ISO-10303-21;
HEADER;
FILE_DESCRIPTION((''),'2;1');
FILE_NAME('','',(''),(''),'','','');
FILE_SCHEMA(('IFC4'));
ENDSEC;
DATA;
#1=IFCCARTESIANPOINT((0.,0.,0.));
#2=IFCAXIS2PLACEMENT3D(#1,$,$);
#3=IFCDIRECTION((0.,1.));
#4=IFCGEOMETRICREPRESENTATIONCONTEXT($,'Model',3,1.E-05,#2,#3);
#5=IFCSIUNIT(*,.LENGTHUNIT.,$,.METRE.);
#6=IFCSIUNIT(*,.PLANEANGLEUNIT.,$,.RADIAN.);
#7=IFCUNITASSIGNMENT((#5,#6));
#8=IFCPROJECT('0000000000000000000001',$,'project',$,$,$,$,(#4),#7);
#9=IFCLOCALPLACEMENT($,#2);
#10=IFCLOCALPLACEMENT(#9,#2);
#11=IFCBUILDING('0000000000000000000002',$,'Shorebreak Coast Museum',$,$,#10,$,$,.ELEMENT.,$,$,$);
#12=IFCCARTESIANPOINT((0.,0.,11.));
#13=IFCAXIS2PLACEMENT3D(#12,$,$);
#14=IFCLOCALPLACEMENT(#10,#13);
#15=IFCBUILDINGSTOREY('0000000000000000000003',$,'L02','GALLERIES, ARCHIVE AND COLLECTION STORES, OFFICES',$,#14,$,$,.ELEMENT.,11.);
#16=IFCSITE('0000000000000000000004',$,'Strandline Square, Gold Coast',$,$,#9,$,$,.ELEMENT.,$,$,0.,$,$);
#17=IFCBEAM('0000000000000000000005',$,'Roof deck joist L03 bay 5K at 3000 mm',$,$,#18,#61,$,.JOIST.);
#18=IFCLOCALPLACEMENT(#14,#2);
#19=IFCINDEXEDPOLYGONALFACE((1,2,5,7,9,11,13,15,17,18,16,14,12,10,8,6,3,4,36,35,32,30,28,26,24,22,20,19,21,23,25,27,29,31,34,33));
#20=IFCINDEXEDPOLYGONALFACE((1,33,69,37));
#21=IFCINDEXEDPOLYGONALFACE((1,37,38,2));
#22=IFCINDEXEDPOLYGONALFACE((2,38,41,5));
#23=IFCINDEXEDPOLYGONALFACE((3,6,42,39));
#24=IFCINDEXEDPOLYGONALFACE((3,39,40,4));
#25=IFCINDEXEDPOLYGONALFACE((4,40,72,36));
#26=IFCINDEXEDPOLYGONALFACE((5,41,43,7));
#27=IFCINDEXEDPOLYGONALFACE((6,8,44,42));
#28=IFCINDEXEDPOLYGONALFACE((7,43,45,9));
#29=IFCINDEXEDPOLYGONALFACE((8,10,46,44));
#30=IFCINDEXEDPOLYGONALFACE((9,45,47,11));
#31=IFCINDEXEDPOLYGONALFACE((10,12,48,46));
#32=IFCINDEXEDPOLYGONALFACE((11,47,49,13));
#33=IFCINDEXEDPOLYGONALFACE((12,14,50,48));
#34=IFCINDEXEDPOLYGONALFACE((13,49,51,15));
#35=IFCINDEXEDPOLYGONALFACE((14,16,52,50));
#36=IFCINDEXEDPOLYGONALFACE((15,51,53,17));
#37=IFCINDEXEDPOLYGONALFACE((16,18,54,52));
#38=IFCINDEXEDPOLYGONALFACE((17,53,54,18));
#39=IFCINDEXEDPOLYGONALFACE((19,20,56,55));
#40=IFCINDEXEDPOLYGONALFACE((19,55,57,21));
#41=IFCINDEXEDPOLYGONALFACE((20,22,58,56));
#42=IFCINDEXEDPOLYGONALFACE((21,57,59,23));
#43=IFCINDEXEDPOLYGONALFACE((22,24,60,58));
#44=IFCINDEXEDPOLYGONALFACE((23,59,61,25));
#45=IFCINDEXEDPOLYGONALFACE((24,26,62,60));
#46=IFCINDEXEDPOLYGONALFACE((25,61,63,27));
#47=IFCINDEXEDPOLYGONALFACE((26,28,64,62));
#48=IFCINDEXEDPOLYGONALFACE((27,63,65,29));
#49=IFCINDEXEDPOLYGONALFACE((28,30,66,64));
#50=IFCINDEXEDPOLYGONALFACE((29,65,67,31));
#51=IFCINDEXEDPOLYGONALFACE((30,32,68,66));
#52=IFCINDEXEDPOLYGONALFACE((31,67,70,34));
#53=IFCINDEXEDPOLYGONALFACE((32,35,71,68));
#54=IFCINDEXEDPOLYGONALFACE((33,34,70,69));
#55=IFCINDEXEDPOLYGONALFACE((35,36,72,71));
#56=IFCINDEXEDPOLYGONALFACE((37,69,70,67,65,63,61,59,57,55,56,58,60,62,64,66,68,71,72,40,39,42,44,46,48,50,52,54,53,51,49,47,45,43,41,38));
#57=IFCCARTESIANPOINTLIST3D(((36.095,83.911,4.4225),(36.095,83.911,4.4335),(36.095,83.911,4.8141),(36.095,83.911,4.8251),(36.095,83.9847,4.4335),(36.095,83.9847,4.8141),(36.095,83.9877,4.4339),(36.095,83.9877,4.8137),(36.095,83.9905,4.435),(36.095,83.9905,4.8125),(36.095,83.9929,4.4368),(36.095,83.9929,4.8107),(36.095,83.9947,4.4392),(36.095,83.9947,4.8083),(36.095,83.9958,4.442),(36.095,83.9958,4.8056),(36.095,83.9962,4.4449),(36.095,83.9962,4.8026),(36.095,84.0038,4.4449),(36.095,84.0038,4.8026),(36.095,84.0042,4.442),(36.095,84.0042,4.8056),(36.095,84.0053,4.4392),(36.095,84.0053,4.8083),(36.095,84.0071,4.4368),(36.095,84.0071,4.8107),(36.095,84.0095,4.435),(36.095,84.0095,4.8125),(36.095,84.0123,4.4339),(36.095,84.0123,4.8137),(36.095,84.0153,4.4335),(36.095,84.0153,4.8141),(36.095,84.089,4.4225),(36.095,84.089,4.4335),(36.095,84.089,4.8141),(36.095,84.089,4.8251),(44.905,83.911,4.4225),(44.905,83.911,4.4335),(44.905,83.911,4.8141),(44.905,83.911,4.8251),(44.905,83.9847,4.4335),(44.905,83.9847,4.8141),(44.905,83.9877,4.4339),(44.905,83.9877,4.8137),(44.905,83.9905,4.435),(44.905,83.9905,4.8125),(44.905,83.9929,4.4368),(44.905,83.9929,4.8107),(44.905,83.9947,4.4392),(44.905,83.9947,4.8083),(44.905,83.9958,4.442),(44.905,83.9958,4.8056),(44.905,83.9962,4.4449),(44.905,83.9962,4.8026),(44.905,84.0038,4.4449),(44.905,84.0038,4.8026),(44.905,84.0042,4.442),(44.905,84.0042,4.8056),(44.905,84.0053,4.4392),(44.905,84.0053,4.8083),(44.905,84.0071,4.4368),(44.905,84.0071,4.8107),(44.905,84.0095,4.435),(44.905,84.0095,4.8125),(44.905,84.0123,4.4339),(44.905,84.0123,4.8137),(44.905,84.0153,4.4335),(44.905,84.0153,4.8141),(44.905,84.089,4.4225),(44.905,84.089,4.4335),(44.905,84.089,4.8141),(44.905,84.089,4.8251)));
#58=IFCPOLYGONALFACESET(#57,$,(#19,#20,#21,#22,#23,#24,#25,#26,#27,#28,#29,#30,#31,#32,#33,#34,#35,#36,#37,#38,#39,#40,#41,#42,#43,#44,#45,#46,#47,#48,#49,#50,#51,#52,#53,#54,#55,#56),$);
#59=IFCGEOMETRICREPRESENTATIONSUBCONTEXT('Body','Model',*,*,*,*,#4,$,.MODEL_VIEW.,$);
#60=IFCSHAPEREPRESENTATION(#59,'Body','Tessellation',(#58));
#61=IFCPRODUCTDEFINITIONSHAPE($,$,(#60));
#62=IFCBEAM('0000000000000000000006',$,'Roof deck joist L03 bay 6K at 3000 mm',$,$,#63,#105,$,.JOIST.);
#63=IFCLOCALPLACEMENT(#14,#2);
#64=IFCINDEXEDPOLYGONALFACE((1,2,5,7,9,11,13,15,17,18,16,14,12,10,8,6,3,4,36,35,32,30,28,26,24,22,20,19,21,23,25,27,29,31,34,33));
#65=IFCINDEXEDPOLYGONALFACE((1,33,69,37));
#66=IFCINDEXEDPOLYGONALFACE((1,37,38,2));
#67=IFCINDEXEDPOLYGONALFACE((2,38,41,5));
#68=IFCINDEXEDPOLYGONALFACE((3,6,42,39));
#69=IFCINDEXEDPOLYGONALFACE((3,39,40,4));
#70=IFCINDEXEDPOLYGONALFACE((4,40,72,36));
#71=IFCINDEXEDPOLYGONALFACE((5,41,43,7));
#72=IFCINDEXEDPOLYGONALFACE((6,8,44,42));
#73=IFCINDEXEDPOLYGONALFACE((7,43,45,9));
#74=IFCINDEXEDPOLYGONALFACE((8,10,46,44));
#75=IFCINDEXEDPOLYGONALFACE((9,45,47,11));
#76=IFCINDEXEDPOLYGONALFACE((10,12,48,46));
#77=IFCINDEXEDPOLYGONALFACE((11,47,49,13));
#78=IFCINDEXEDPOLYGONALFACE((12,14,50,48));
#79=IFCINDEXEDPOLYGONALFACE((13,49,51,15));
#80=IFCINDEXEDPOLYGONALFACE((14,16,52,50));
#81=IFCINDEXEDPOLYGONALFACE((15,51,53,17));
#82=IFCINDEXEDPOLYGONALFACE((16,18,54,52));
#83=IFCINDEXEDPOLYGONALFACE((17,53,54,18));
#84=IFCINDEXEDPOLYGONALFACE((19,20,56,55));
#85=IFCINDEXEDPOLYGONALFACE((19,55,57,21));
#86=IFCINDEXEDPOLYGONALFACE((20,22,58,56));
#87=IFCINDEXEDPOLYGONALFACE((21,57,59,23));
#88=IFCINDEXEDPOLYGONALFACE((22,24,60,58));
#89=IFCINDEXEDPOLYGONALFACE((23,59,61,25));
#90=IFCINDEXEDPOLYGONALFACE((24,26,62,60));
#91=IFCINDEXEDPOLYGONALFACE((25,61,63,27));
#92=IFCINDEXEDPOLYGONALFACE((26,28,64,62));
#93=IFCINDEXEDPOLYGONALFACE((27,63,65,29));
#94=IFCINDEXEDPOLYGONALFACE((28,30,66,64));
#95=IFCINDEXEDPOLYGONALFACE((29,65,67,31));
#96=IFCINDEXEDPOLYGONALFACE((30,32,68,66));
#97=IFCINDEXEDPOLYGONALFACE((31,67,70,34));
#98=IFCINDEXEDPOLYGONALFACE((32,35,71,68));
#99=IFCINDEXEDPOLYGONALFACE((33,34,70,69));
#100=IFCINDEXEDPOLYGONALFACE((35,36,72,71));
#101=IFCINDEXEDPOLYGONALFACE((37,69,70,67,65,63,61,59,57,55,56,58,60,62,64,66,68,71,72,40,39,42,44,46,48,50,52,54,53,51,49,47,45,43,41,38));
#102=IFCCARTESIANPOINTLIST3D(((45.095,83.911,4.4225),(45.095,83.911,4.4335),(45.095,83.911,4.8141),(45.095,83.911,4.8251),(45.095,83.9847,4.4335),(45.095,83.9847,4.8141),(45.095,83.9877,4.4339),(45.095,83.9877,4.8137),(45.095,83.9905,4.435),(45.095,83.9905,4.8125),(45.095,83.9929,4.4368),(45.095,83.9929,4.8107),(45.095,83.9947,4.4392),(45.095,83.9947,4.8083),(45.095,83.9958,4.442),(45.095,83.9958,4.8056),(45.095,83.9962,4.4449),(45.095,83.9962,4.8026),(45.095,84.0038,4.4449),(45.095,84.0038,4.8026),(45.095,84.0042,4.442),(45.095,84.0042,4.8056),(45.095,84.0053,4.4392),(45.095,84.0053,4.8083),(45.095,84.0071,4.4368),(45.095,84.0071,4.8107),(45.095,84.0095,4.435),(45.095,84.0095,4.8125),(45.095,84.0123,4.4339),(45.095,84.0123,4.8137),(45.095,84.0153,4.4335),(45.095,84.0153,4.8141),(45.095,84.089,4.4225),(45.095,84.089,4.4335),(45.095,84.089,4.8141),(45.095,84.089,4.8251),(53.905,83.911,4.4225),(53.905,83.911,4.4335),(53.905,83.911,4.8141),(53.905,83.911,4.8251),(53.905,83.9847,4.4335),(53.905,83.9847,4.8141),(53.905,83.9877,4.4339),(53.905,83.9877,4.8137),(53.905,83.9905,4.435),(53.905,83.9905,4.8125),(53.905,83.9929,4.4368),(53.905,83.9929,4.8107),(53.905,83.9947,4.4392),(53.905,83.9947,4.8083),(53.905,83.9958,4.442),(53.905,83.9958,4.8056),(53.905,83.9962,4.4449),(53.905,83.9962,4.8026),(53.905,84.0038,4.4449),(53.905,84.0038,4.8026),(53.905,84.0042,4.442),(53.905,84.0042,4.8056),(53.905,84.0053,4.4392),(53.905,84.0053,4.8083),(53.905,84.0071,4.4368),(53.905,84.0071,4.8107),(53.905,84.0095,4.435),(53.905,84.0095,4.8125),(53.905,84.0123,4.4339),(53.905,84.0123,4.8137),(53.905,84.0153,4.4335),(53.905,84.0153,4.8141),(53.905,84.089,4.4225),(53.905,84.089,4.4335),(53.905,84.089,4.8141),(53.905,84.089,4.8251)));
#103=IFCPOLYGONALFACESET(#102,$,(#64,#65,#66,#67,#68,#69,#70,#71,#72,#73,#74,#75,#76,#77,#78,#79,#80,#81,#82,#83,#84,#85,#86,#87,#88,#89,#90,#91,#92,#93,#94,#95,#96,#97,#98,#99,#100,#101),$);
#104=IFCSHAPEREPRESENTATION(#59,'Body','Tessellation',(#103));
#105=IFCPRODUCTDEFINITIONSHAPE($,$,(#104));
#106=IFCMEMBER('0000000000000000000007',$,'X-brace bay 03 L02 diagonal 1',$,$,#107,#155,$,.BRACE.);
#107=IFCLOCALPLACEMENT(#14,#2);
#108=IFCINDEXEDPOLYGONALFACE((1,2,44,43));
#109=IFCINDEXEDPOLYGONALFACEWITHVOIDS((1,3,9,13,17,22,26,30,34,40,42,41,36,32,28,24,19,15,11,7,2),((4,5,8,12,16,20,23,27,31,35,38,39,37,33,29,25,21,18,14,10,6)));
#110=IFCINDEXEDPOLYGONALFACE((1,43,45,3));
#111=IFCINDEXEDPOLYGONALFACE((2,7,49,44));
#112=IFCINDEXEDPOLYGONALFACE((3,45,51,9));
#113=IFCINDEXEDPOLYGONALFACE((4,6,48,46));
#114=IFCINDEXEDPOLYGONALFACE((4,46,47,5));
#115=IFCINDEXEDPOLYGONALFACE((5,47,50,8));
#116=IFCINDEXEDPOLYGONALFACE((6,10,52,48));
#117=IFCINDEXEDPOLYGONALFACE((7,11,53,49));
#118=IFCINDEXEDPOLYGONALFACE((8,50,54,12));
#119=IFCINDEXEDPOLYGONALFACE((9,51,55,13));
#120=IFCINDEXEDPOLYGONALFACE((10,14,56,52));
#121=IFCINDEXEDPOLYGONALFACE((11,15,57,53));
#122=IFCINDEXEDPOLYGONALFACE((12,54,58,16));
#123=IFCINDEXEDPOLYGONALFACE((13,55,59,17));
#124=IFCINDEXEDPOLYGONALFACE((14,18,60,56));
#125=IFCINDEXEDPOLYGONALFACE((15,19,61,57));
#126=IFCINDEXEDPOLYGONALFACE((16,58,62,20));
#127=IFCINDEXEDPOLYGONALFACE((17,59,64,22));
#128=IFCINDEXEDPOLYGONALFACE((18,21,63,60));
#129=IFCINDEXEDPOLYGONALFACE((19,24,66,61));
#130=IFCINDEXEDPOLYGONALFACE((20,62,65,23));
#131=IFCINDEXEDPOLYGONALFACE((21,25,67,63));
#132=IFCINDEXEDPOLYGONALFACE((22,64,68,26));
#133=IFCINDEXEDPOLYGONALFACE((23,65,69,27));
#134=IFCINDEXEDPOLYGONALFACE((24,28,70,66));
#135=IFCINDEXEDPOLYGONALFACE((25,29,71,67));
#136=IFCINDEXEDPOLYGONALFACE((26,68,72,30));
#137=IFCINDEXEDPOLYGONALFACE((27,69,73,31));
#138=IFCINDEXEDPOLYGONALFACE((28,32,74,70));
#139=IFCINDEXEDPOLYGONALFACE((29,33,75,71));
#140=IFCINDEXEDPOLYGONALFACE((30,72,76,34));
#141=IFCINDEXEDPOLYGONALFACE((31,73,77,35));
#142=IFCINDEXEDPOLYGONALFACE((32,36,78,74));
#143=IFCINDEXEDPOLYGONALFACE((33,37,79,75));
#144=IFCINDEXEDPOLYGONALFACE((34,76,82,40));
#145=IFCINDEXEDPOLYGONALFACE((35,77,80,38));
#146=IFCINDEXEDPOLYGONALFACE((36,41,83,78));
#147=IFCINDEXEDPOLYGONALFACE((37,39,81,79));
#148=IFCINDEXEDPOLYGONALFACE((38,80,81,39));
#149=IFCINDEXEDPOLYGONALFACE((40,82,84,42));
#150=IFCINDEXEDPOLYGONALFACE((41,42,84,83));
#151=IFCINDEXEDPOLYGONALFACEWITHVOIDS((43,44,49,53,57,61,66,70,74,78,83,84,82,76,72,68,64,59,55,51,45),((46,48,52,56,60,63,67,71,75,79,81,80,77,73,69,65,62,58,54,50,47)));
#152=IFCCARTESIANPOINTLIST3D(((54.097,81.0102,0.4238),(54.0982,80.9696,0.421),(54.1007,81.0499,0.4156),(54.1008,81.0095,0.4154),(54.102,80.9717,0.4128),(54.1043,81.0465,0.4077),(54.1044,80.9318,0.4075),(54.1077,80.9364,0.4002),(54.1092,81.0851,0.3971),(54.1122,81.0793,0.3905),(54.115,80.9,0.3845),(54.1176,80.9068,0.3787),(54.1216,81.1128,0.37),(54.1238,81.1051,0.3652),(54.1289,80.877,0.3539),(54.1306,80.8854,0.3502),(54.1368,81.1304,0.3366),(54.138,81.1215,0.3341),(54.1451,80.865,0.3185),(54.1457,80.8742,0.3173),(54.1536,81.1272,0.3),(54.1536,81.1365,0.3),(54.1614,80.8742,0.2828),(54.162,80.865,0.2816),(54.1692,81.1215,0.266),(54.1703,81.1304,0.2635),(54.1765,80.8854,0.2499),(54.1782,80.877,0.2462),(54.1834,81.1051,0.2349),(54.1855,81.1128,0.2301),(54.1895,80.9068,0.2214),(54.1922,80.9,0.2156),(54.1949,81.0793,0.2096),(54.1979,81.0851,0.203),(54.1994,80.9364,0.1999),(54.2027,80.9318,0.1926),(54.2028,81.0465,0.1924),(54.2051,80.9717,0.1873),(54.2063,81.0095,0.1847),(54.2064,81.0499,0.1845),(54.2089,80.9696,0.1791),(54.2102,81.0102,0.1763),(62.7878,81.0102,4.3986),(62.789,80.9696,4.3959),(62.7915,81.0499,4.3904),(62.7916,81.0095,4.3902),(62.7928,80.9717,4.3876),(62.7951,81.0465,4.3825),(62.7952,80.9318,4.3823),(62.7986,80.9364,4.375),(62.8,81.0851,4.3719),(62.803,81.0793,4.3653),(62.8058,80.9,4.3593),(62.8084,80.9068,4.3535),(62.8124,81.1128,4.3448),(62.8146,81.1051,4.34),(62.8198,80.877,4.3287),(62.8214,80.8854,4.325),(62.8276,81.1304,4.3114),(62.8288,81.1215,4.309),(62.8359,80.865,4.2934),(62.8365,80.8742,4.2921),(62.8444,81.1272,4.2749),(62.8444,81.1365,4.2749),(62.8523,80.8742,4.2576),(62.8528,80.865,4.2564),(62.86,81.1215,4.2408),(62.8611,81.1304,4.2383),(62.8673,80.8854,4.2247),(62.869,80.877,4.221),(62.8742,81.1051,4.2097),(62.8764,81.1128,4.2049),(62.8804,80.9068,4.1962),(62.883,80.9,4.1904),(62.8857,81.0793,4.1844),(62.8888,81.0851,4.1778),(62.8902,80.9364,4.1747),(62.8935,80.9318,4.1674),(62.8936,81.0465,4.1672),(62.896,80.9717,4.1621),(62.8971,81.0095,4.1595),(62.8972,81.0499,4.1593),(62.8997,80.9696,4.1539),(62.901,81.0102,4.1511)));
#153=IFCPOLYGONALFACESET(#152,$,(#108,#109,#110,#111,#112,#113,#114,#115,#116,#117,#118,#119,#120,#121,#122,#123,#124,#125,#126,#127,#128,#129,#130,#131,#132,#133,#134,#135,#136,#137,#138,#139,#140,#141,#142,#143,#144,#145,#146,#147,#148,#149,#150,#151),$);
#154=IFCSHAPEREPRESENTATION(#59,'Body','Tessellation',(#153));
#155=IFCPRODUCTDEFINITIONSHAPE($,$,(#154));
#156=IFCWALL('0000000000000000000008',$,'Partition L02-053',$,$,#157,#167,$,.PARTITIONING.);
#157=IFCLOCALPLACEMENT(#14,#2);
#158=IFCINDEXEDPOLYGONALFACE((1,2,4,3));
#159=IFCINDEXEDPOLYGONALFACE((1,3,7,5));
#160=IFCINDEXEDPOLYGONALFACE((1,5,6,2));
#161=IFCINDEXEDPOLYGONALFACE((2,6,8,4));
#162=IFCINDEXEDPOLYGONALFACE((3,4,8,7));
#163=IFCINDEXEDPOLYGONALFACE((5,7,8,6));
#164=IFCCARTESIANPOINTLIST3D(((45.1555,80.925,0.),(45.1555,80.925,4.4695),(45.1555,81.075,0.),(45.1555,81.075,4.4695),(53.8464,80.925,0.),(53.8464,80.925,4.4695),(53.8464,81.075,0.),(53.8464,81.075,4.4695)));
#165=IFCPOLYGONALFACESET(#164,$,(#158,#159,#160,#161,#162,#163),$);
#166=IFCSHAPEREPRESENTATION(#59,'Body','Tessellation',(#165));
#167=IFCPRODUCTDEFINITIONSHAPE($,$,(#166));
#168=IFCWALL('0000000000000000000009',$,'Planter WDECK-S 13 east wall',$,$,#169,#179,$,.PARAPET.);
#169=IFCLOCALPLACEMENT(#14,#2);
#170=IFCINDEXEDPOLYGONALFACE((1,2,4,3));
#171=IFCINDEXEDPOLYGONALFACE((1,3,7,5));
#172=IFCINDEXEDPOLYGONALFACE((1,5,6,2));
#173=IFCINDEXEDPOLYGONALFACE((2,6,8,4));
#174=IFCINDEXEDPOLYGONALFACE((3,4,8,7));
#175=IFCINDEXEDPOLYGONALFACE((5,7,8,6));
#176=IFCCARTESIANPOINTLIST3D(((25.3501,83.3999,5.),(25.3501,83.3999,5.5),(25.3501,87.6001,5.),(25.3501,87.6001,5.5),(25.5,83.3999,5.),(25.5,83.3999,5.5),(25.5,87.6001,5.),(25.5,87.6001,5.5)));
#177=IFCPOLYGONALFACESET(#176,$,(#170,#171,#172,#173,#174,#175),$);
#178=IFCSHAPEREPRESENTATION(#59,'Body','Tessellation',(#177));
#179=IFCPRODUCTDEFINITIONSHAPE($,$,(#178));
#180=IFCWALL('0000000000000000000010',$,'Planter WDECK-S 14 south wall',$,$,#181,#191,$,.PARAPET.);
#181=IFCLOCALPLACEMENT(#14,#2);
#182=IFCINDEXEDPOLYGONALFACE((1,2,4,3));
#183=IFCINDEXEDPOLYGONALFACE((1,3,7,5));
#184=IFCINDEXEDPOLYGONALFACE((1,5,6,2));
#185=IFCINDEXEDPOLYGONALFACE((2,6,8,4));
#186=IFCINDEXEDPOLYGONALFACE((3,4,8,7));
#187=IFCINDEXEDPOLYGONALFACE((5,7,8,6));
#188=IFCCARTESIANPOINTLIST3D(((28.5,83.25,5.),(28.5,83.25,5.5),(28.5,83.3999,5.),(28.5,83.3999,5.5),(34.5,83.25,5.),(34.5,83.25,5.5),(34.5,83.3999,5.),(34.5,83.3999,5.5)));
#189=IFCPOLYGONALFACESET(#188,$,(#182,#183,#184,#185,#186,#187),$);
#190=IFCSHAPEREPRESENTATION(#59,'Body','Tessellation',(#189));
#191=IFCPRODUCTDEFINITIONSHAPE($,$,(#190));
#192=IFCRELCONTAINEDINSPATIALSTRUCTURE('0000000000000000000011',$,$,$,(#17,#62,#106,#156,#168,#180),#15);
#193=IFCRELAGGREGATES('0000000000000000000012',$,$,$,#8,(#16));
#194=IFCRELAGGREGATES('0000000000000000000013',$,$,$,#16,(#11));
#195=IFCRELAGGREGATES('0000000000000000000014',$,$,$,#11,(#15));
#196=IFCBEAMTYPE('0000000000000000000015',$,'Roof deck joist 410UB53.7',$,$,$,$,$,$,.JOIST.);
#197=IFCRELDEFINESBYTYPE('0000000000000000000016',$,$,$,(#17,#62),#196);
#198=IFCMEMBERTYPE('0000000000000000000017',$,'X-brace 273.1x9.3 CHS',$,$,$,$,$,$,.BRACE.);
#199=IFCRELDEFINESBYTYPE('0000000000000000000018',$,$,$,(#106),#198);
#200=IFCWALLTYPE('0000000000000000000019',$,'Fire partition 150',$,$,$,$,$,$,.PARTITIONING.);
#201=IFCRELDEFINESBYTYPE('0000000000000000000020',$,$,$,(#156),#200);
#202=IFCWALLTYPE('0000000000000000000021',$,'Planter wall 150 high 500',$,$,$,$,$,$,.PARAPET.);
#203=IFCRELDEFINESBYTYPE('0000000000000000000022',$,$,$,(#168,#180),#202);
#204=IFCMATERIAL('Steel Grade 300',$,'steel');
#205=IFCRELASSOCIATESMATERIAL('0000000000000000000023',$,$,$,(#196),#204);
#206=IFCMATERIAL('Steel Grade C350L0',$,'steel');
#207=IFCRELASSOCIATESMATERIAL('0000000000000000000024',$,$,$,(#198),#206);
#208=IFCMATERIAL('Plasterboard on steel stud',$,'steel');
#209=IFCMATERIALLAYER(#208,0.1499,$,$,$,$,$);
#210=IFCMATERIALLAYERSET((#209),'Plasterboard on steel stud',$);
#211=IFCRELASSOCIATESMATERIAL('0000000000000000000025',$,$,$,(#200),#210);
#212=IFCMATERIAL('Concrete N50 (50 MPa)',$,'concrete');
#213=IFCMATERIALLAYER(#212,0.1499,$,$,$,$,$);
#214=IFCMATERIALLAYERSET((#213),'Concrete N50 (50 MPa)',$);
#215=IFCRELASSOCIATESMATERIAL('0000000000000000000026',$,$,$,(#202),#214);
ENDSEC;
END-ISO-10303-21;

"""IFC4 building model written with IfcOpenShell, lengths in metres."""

from ifc_helpers import new_model, si_unit, direction, frame, frame_2d, origin, origin_2d, place, context, subcontext, project, spatial, rectangle, hollow_circle, i_section, extrude, material, layer, layer_set, material_profile, profile_set, type_object, element, save


model = new_model("IFC4")

# Units and contexts
model_context = context("Model", 3, precision=1e-05, world=origin(), true_north=direction((0.0, 1.0)))
body_context = subcontext(model_context, "Body", "Model", "MODEL_VIEW")
ifc_project = project(units=[si_unit("LENGTHUNIT", "METRE"), si_unit("PLANEANGLEUNIT", "RADIAN")], contexts=[model_context])

# Site, building, storey
site_placement = place(None, origin())
site = spatial("IfcSite", under=ifc_project, at=site_placement, Name="Strandline Square, Gold Coast", CompositionType="ELEMENT", RefElevation=0.0)
building_placement = place(site_placement, origin())
building = spatial("IfcBuilding", under=site, at=building_placement, Name="Shorebreak Coast Museum", CompositionType="ELEMENT")
storey_placement = place(building_placement, frame((0.0, 0.0, 11.0)))
storey = spatial("IfcBuildingStorey", under=building, at=storey_placement, Name="L02", Description="GALLERIES, ARCHIVE AND COLLECTION STORES, OFFICES", CompositionType="ELEMENT", Elevation=11.0)

# Beams
ifc_material_1 = material(Name="Steel Grade 300", Category="steel")
ifc_material_profile_1 = material_profile(ifc_material_1, i_section(OverallWidth=0.178, OverallDepth=0.4026, WebThickness=0.0076, FlangeThickness=0.011, FilletRadius=0.0115, at=origin_2d()), Name="410UB53.7")
ifc_profile_set_1 = profile_set([ifc_material_profile_1], Name="Steel Grade 300")
beam_type_1 = type_object("IfcBeamType", Name="Roof deck joist 410UB53.7", PredefinedType="JOIST", material=ifc_profile_set_1)
for number, where, z_axis, x_axis, name in (
    (1, (36.095, 84.0, 4.6238), (1.0, 0.0, 0.0), (0.0, 1.0, 0.0), "Roof deck joist L03 bay 5K at 3000 mm"),
    (2, (45.095, 84.0, 4.6238), (1.0, 0.0, 0.0), (0.0, 1.0, 0.0), "Roof deck joist L03 bay 6K at 3000 mm"),
):
    element("IfcBeam", number, at=place(storey_placement, frame(where, z_axis=z_axis, x_axis=x_axis)), inside=storey, type_object=beam_type_1, Name=name, PredefinedType="JOIST", context=body_context, shape_type="SweptSolid", body=[
        extrude(i_section(OverallWidth=0.178, OverallDepth=0.4026, WebThickness=0.0076, FlangeThickness=0.011, FilletRadius=0.0115, at=origin_2d()), origin(), (0.0, 0.0, 1.0), 8.8101),
    ])

# Member
ifc_material_2 = material(Name="Steel Grade C350L0", Category="steel")
ifc_material_profile_2 = material_profile(ifc_material_2, hollow_circle(Radius=0.1365, WallThickness=0.0093, at=origin_2d()), Name="273.1x9.3 CHS")
ifc_profile_set_2 = profile_set([ifc_material_profile_2], Name="Steel Grade C350L0")
member_type = type_object("IfcMemberType", Name="X-brace 273.1x9.3 CHS", PredefinedType="BRACE", material=ifc_profile_set_2)
member_placement = place(storey_placement, frame((54.1536, 81.0, 0.3), z_axis=(0.909401, 0.0, 0.415921), x_axis=(0.0, 1.0, 0.0)))
element("IfcMember", 3, at=member_placement, inside=storey, type_object=member_type, Name="X-brace bay 03 L02 diagonal 1", PredefinedType="BRACE", context=body_context, shape_type="SweptSolid", body=[
    extrude(hollow_circle(Radius=0.1365, WallThickness=0.0093, at=origin_2d()), origin(), (0.0, 0.0, 1.0), 9.5566),
])

# Walls
ifc_material_3 = material(Name="Plasterboard on steel stud", Category="steel")
ifc_layer_1 = layer(ifc_material_3, 0.1499)
ifc_layer_set_1 = layer_set([ifc_layer_1], Name="Plasterboard on steel stud")
wall_type_1 = type_object("IfcWallType", Name="Fire partition 150", PredefinedType="PARTITIONING", material=ifc_layer_set_1)
wall_1_placement = place(storey_placement, frame((45.1555, 81.0, 0.0), z_axis=(0.0, 0.0, 1.0), x_axis=(1.0, 0.0, 0.0)))
element("IfcWall", 4, at=wall_1_placement, inside=storey, type_object=wall_type_1, Name="Partition L02-053", PredefinedType="PARTITIONING", context=body_context, shape_type="SweptSolid", body=[
    extrude(rectangle(XDim=8.6909, YDim=0.1499, at=frame_2d((4.3455, 0.0))), origin(), (0.0, 0.0, 1.0), 4.4695),
])
ifc_material_4 = material(Name="Concrete N50 (50 MPa)", Category="concrete")
ifc_layer_2 = layer(ifc_material_4, 0.1499)
ifc_layer_set_2 = layer_set([ifc_layer_2], Name="Concrete N50 (50 MPa)")
wall_type_2 = type_object("IfcWallType", Name="Planter wall 150 high 500", PredefinedType="PARAPET", material=ifc_layer_set_2)
wall_2_placement = place(storey_placement, frame((25.425, 83.3999, 5.0), z_axis=(0.0, 0.0, 1.0), x_axis=(0.0, 1.0, 0.0)))
element("IfcWall", 5, at=wall_2_placement, inside=storey, type_object=wall_type_2, Name="Planter WDECK-S 13 east wall", PredefinedType="PARAPET", context=body_context, shape_type="SweptSolid", body=[
    extrude(rectangle(XDim=4.2002, YDim=0.1499, at=frame_2d((2.1001, 0.0))), origin(), (0.0, 0.0, 1.0), 0.5),
])
wall_3_placement = place(storey_placement, frame((28.5, 83.325, 5.0), z_axis=(0.0, 0.0, 1.0), x_axis=(1.0, 0.0, 0.0)))
element("IfcWall", 6, at=wall_3_placement, inside=storey, type_object=wall_type_2, Name="Planter WDECK-S 14 south wall", PredefinedType="PARAPET", context=body_context, shape_type="SweptSolid", body=[
    extrude(rectangle(XDim=6.0, YDim=0.1499, at=frame_2d((3.0, 0.0))), origin(), (0.0, 0.0, 1.0), 0.5),
])

save(model, "model.ifc")
